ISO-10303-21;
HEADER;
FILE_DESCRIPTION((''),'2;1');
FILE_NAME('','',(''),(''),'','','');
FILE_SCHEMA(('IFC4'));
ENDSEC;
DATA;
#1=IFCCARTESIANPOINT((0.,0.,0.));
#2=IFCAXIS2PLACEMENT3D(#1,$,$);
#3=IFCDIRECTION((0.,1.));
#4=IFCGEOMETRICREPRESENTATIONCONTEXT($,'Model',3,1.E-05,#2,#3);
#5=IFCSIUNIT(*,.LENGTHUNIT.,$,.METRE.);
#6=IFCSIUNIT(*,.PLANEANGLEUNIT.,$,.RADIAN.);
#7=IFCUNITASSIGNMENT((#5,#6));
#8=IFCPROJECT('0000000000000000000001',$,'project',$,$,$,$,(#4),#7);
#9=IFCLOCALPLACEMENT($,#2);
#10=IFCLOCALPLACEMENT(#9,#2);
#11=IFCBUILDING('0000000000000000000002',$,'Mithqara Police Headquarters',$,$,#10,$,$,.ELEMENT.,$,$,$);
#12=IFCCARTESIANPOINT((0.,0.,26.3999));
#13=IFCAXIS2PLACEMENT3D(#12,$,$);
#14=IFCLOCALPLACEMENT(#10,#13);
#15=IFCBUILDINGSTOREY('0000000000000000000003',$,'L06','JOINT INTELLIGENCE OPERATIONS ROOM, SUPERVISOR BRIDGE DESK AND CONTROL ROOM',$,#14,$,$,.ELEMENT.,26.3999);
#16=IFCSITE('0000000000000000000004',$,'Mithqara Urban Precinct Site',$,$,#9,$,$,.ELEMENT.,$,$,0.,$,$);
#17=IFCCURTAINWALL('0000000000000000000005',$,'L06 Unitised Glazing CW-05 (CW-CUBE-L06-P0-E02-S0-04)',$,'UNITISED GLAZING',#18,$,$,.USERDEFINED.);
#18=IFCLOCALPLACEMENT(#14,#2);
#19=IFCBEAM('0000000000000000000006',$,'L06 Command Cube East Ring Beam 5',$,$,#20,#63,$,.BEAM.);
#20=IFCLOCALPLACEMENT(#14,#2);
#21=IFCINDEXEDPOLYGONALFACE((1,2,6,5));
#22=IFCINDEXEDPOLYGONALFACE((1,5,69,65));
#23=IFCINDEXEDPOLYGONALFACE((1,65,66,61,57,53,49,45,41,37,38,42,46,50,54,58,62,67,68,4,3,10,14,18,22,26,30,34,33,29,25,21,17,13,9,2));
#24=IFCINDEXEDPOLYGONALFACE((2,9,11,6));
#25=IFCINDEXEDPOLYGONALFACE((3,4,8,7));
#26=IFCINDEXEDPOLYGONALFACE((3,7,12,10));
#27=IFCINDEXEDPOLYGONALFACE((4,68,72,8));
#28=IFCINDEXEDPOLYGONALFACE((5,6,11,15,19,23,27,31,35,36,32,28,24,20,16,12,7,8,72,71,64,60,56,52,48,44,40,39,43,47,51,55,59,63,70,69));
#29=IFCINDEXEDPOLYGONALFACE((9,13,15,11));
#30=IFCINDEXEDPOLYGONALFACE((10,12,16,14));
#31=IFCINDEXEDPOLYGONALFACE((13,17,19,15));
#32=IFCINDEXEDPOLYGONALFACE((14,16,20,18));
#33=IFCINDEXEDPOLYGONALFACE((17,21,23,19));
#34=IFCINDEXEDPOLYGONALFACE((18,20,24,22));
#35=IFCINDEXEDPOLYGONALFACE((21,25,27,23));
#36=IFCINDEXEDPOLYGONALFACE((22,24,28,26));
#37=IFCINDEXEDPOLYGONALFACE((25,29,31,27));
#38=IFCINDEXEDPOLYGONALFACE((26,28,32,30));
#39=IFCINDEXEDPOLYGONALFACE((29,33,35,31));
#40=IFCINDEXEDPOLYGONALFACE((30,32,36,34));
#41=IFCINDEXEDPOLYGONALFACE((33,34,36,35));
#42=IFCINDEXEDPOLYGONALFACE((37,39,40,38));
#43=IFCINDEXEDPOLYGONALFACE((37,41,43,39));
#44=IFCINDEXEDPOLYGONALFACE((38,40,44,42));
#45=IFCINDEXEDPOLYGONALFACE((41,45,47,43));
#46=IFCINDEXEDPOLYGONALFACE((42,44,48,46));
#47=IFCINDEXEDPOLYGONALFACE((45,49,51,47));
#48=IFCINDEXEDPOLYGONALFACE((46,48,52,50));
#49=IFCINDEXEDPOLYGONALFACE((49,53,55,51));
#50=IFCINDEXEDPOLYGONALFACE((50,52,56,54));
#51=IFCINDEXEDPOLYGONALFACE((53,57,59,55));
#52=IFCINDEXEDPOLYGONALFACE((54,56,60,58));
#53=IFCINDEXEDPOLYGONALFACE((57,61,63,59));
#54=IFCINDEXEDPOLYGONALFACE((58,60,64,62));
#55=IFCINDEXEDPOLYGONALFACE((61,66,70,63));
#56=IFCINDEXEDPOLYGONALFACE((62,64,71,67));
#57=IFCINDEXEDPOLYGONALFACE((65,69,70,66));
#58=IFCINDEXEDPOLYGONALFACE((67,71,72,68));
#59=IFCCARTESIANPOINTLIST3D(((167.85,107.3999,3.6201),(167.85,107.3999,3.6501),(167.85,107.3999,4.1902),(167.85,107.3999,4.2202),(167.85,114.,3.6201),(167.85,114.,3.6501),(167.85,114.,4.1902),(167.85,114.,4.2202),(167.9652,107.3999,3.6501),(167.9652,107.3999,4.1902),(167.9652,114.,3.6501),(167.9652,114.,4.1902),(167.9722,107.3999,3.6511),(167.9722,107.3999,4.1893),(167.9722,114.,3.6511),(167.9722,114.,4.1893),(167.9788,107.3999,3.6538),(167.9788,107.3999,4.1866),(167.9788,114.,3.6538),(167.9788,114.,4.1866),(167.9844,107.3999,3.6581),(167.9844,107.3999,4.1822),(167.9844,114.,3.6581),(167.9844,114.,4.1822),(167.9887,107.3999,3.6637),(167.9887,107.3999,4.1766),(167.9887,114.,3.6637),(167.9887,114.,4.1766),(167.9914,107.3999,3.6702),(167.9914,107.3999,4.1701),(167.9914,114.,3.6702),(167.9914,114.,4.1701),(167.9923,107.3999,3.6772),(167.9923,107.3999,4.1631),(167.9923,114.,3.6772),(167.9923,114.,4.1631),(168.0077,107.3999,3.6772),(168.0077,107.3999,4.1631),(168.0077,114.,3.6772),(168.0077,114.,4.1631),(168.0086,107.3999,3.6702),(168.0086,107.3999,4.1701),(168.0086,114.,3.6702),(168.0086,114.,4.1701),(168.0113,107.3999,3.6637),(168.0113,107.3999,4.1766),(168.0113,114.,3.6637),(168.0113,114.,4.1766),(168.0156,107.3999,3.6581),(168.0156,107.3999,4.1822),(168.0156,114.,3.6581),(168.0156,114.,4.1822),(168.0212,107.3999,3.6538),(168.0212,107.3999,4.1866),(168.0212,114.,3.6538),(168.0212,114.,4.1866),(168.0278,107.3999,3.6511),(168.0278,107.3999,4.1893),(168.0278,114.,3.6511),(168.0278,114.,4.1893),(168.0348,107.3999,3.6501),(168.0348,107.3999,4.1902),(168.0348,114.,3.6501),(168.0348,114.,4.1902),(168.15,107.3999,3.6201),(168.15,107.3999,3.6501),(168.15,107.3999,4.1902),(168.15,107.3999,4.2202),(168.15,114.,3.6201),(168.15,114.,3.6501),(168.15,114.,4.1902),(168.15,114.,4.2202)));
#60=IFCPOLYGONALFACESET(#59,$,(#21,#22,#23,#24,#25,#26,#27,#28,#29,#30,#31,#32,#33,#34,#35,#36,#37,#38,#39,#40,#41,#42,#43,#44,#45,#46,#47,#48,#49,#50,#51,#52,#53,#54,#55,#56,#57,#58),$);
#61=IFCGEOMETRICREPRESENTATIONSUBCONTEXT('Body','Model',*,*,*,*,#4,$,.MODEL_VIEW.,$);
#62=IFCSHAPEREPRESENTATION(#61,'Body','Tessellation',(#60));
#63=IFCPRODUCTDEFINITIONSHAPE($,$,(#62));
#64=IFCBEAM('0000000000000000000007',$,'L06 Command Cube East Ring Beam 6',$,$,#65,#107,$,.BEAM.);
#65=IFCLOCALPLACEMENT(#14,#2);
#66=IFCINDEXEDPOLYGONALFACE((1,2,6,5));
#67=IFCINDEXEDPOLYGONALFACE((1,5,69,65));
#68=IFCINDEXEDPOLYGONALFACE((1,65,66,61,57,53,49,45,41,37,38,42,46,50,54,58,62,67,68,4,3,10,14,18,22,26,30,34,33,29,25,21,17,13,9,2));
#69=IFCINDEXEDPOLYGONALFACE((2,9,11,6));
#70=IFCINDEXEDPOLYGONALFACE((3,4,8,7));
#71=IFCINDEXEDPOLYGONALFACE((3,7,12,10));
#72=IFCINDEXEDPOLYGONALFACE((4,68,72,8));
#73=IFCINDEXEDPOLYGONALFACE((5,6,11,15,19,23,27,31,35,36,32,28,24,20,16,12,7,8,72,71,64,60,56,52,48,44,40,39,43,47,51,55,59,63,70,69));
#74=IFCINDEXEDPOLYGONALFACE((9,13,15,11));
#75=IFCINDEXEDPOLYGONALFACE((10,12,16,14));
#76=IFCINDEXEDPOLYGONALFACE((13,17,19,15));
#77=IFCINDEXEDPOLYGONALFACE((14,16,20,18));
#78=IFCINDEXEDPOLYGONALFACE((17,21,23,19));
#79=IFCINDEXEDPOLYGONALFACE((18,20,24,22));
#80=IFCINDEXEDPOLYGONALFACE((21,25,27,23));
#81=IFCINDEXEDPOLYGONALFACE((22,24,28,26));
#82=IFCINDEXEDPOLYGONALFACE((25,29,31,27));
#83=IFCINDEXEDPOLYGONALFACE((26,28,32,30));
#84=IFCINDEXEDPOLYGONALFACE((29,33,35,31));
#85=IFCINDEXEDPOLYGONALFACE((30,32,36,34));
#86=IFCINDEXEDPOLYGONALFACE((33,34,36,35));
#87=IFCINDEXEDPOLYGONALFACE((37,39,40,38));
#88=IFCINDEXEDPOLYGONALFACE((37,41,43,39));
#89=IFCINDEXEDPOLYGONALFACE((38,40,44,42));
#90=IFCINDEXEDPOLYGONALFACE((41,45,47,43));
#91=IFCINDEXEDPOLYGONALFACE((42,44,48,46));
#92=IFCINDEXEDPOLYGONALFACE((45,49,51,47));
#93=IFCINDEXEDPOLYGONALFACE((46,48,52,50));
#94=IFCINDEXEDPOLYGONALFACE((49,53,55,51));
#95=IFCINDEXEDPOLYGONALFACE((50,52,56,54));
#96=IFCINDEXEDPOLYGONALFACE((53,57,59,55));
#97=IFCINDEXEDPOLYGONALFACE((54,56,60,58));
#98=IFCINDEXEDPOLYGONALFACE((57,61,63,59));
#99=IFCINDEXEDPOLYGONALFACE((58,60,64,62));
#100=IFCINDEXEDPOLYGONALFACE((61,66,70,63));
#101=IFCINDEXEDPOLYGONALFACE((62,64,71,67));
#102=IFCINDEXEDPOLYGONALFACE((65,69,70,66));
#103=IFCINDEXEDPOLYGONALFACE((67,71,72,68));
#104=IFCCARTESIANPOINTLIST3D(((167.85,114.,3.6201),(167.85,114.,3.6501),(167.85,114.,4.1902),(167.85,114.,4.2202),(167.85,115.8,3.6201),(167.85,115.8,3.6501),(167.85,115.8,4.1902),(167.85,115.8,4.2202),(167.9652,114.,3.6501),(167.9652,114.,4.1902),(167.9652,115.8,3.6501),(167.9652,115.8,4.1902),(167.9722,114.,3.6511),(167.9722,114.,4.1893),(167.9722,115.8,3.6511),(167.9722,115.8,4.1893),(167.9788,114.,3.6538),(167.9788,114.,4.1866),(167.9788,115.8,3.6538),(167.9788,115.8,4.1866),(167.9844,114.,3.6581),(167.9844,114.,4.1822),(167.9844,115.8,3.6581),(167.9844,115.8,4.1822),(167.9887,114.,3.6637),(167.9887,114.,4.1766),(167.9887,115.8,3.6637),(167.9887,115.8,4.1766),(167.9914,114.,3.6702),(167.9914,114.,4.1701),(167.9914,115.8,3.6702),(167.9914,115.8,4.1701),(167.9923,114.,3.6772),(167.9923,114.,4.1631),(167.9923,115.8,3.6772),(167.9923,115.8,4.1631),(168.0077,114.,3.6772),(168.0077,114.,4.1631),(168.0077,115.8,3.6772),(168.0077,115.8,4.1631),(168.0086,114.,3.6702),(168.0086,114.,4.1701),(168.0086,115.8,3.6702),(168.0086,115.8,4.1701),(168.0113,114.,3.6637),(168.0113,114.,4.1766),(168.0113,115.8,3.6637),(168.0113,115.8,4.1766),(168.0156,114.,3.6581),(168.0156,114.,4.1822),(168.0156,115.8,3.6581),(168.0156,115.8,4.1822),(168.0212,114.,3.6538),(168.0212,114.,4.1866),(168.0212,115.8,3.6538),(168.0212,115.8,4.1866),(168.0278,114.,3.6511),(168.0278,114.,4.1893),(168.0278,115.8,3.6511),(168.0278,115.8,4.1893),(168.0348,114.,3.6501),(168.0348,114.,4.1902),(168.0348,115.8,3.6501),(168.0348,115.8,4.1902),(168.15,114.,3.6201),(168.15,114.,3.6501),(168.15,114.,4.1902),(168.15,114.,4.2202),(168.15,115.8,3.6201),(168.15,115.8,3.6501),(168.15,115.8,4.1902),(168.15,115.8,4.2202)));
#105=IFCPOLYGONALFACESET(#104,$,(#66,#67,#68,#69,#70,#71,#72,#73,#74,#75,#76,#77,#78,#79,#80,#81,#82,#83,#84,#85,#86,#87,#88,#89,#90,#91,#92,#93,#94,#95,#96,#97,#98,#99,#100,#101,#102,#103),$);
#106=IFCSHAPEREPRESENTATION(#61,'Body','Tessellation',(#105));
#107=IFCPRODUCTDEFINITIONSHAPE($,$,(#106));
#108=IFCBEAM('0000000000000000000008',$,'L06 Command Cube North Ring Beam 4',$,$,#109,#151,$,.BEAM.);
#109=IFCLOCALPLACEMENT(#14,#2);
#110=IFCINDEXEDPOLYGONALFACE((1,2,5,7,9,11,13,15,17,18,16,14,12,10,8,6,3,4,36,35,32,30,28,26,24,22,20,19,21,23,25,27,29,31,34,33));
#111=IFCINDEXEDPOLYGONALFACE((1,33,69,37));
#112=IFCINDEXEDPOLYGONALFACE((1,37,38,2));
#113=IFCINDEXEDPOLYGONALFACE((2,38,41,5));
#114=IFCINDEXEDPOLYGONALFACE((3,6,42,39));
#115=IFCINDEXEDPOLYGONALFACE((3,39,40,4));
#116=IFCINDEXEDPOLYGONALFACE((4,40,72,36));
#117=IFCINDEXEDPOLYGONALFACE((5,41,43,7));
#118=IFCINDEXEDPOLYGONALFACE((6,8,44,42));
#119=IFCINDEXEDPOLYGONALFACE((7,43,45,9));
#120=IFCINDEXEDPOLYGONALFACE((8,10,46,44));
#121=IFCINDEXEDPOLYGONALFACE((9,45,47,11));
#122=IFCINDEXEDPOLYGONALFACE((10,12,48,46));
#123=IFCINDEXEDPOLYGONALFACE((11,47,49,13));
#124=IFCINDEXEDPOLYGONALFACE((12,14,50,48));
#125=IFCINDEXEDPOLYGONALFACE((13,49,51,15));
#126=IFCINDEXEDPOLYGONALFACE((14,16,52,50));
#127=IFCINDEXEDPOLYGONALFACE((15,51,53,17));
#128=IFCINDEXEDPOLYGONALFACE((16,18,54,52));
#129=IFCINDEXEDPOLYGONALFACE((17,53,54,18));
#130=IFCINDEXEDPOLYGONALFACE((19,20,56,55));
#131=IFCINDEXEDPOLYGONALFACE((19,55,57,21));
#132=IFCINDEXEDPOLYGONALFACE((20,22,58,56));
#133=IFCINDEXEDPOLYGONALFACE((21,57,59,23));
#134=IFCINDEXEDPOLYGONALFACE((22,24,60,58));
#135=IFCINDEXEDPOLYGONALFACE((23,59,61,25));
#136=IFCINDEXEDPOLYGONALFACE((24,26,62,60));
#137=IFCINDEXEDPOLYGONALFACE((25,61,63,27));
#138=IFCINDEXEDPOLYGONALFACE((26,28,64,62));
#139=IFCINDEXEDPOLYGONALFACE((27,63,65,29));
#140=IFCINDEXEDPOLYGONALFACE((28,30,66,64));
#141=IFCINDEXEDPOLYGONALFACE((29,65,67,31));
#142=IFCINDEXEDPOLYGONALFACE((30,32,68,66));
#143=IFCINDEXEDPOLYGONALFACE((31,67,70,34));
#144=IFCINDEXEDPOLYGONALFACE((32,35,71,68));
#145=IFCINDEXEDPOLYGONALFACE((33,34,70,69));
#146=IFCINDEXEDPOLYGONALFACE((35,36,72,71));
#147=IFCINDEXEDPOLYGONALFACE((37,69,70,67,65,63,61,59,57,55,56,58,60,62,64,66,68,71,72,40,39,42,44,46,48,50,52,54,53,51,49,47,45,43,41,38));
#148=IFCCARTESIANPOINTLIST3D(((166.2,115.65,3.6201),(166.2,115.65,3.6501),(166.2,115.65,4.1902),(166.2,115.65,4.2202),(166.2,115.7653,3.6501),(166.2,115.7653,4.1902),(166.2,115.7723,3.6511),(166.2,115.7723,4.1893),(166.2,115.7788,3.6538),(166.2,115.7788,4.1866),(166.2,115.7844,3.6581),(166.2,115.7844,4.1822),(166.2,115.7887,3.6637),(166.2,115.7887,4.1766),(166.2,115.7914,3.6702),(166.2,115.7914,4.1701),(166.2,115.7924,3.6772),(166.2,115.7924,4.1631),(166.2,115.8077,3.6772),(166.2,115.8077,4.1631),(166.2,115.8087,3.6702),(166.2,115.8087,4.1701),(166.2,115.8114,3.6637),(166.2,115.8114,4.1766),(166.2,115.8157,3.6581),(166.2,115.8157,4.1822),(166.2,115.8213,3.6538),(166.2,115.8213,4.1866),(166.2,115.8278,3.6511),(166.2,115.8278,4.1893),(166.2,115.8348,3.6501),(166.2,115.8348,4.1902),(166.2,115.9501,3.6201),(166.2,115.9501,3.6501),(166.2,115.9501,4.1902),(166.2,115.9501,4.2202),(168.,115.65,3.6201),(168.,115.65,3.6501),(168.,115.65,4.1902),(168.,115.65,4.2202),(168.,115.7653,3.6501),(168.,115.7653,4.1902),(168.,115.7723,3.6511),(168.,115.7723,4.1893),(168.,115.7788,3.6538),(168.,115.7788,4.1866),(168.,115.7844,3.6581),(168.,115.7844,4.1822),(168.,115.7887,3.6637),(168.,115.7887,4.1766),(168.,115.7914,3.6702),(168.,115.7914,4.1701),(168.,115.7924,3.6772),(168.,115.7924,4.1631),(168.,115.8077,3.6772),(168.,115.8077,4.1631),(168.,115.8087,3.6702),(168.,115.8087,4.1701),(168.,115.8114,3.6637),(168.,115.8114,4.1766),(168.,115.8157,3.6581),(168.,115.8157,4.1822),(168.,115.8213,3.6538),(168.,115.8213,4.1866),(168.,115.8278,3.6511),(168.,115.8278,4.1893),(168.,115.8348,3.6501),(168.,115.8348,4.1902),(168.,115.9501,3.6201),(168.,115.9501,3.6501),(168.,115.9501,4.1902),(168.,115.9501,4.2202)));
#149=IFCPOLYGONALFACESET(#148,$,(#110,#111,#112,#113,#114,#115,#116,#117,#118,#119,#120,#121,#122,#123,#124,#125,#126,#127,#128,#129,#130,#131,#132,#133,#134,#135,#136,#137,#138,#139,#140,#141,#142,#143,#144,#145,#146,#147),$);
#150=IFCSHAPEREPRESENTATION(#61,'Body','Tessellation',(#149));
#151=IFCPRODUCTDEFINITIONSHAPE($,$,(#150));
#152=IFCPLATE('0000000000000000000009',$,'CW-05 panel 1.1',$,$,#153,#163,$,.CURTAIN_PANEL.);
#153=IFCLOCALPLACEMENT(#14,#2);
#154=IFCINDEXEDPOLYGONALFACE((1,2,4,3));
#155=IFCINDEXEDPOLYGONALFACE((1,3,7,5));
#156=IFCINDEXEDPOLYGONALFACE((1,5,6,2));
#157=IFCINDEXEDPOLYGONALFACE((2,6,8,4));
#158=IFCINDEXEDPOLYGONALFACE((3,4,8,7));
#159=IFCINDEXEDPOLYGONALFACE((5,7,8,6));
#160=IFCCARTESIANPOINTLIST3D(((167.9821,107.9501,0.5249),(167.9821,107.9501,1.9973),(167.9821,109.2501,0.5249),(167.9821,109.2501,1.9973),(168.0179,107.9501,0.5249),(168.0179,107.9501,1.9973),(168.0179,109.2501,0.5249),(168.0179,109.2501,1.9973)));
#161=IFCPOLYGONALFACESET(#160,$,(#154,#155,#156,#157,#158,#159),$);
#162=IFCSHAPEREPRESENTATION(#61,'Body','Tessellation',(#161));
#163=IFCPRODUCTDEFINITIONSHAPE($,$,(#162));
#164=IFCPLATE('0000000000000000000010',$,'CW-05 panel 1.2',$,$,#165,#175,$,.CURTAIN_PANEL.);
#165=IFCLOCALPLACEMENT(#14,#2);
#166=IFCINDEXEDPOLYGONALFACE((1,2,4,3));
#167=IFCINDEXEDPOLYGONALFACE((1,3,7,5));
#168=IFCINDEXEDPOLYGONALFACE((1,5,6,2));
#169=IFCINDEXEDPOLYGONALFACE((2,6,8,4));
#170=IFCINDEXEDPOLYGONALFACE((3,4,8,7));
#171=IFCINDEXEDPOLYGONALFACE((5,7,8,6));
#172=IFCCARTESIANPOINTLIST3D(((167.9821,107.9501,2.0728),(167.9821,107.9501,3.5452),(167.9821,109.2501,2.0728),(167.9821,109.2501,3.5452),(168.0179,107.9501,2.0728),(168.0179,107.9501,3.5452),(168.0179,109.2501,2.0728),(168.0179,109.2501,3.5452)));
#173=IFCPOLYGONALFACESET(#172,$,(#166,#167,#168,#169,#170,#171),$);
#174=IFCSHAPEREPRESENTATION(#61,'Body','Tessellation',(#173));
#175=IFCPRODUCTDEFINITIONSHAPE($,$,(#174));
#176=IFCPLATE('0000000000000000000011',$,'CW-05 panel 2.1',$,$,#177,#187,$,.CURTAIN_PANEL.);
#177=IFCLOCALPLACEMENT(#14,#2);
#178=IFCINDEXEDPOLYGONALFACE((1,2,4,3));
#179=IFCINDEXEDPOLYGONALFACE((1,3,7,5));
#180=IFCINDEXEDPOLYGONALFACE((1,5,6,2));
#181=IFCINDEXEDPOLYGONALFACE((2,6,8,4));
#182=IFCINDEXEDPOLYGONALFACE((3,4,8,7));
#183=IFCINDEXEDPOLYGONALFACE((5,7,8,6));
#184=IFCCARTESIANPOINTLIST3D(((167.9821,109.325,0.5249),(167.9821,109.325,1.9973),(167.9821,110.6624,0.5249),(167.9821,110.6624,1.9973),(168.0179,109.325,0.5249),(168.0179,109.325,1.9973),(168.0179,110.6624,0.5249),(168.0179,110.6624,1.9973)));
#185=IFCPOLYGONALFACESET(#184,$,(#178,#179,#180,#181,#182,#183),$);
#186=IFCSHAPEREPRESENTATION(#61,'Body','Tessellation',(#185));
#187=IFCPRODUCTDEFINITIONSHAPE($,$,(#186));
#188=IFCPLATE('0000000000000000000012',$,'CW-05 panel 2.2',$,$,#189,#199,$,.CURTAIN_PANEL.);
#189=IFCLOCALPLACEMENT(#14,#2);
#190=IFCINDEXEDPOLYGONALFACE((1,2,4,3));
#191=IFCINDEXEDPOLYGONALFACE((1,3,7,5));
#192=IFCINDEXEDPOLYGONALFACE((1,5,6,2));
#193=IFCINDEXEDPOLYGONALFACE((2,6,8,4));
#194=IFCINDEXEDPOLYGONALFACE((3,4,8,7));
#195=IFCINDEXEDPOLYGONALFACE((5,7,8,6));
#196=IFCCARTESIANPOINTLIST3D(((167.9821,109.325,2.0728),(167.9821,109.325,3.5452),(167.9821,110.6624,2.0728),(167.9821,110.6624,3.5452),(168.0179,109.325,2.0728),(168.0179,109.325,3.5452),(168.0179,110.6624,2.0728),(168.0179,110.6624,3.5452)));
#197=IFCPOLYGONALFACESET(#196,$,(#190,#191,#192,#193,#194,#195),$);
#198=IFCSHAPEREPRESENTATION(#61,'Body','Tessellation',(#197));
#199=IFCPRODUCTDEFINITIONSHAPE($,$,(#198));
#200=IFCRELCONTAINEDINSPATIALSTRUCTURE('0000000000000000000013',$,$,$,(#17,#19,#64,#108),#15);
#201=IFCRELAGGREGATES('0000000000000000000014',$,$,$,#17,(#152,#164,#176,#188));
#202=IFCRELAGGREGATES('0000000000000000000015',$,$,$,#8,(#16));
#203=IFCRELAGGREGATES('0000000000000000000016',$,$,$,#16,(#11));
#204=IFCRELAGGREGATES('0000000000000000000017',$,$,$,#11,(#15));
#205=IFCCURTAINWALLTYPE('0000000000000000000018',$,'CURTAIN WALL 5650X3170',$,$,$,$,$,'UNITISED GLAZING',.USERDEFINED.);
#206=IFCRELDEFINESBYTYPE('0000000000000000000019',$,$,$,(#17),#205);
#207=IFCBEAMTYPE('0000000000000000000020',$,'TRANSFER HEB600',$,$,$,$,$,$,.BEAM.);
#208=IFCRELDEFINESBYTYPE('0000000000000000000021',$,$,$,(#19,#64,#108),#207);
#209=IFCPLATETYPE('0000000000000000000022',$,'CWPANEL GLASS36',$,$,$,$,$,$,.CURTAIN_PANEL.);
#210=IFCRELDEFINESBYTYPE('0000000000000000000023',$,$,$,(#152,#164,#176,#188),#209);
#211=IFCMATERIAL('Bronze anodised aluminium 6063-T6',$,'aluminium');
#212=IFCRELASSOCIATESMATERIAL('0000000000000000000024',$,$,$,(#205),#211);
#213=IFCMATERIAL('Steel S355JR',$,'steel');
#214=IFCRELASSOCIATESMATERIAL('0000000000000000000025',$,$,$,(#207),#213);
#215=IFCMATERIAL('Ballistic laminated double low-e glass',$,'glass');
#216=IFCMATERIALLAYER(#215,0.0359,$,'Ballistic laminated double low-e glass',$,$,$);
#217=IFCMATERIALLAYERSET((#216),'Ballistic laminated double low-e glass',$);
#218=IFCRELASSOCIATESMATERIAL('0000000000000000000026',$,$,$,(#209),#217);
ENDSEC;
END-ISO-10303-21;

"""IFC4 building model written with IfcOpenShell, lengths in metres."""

from ifc_helpers import new_model, si_unit, direction, frame, origin, origin_2d, place, context, subcontext, project, spatial, rectangle, i_section, extrude, material, layer, layer_set, material_profile, profile_set, type_object, element, aggregate, save


model = new_model("IFC4")

# Units and contexts
model_context = context("Model", 3, precision=1e-05, world=origin(), true_north=direction((0.0, 1.0)))
body_context = subcontext(model_context, "Body", "Model", "MODEL_VIEW")
ifc_project = project(units=[si_unit("LENGTHUNIT", "METRE"), si_unit("PLANEANGLEUNIT", "RADIAN")], contexts=[model_context])

# Site, building, storey
site_placement = place(None, origin())
site = spatial("IfcSite", under=ifc_project, at=site_placement, Name="Mithqara Urban Precinct Site", CompositionType="ELEMENT", RefElevation=0.0)
building_placement = place(site_placement, origin())
building = spatial("IfcBuilding", under=site, at=building_placement, Name="Mithqara Police Headquarters", CompositionType="ELEMENT")
storey_placement = place(building_placement, frame((0.0, 0.0, 26.3999)))
storey = spatial("IfcBuildingStorey", under=building, at=storey_placement, Name="L06", Description="JOINT INTELLIGENCE OPERATIONS ROOM, SUPERVISOR BRIDGE DESK AND CONTROL ROOM", CompositionType="ELEMENT", Elevation=26.3999)

# Shared definitions
ifc_material_1 = material(Name="Steel S355JR", Category="steel")

# Curtain wall
ifc_material_2 = material(Name="Bronze anodised aluminium 6063-T6", Category="aluminium")
curtain_wall_type_1 = type_object("IfcCurtainWallType", Name="CURTAIN WALL 5650X3170", ElementType="UNITISED GLAZING", PredefinedType="USERDEFINED", material=ifc_material_2)
curtain_wall_1_placement = place(storey_placement, origin())
curtain_wall_1 = element("IfcCurtainWall", 1, at=curtain_wall_1_placement, inside=storey, type_object=curtain_wall_type_1, Name="L06 Unitised Glazing CW-05 (CW-CUBE-L06-P0-E02-S0-04)", ObjectType="UNITISED GLAZING", PredefinedType="USERDEFINED")

# Beams
ifc_material_profile_1 = material_profile(ifc_material_1, i_section(OverallWidth=0.3, OverallDepth=0.6001, WebThickness=0.0154, FlangeThickness=0.03, FilletRadius=0.0271, at=origin_2d()), Name="HEB 600")
ifc_profile_set_1 = profile_set([ifc_material_profile_1], Name="Steel S355JR")
beam_type = type_object("IfcBeamType", Name="TRANSFER HEB600", PredefinedType="BEAM", material=ifc_profile_set_1)
beam_placement = place(storey_placement, frame((168.0, 107.3999, 3.9202), z_axis=(0.0, 1.0, 0.0), x_axis=(-1.0, 0.0, 0.0)))
element("IfcBeam", 2, at=beam_placement, inside=storey, type_object=beam_type, Name="L06 Command Cube East Ring Beam 5", PredefinedType="BEAM", context=body_context, shape_type="SweptSolid", body=[
    extrude(i_section(OverallWidth=0.3, OverallDepth=0.6001, WebThickness=0.0154, FlangeThickness=0.03, FilletRadius=0.0271, at=origin_2d()), origin(), (0.0, 0.0, 1.0), 6.6001),
])
for number, where, z_axis, x_axis, name in (
    (3, (168.0, 114.0, 3.9202), (0.0, 1.0, 0.0), (-1.0, 0.0, 0.0), "L06 Command Cube East Ring Beam 6"),
    (4, (166.2, 115.8, 3.9202), (1.0, 0.0, 0.0), (0.0, 1.0, 0.0), "L06 Command Cube North Ring Beam 4"),
):
    element("IfcBeam", number, at=place(storey_placement, frame(where, z_axis=z_axis, x_axis=x_axis)), inside=storey, type_object=beam_type, Name=name, PredefinedType="BEAM", context=body_context, shape_type="SweptSolid", body=[
        extrude(i_section(OverallWidth=0.3, OverallDepth=0.6001, WebThickness=0.0154, FlangeThickness=0.03, FilletRadius=0.0271, at=origin_2d()), origin(), (0.0, 0.0, 1.0), 1.8),
    ])

# Plates
ifc_material_3 = material(Name="Ballistic laminated double low-e glass", Category="glass")
ifc_layer_1 = layer(ifc_material_3, 0.0359, Name="Ballistic laminated double low-e glass")
ifc_layer_set_1 = layer_set([ifc_layer_1], Name="Ballistic laminated double low-e glass")
plate_type = type_object("IfcPlateType", Name="CWPANEL GLASS36", PredefinedType="CURTAIN_PANEL", material=ifc_layer_set_1)
plate_1_placement = place(storey_placement, frame((168.0, 108.6001, 0.5249), z_axis=(0.0, 0.0, 1.0), x_axis=(0.0, 1.0, 0.0)))
plate_1 = element("IfcPlate", 5, at=plate_1_placement, type_object=plate_type, Name="CW-05 panel 1.1", PredefinedType="CURTAIN_PANEL", context=body_context, shape_type="SweptSolid", body=[
    extrude(rectangle(XDim=1.3, YDim=0.0359, at=origin_2d()), origin(), (0.0, 0.0, 1.0), 1.4724),
])
plate_2_placement = place(storey_placement, frame((168.0, 108.6001, 2.0728), z_axis=(0.0, 0.0, 1.0), x_axis=(0.0, 1.0, 0.0)))
plate_2 = element("IfcPlate", 6, at=plate_2_placement, type_object=plate_type, Name="CW-05 panel 1.2", PredefinedType="CURTAIN_PANEL", context=body_context, shape_type="SweptSolid", body=[
    extrude(rectangle(XDim=1.3, YDim=0.0359, at=origin_2d()), origin(), (0.0, 0.0, 1.0), 1.4724),
])
plate_3_placement = place(storey_placement, frame((168.0, 109.9937, 0.5249), z_axis=(0.0, 0.0, 1.0), x_axis=(0.0, 1.0, 0.0)))
plate_3 = element("IfcPlate", 7, at=plate_3_placement, type_object=plate_type, Name="CW-05 panel 2.1", PredefinedType="CURTAIN_PANEL", context=body_context, shape_type="SweptSolid", body=[
    extrude(rectangle(XDim=1.3374, YDim=0.0359, at=origin_2d()), origin(), (0.0, 0.0, 1.0), 1.4724),
])
plate_4_placement = place(storey_placement, frame((168.0, 109.9937, 2.0728), z_axis=(0.0, 0.0, 1.0), x_axis=(0.0, 1.0, 0.0)))
plate_4 = element("IfcPlate", 8, at=plate_4_placement, type_object=plate_type, Name="CW-05 panel 2.2", PredefinedType="CURTAIN_PANEL", context=body_context, shape_type="SweptSolid", body=[
    extrude(rectangle(XDim=1.3374, YDim=0.0359, at=origin_2d()), origin(), (0.0, 0.0, 1.0), 1.4724),
])
aggregate(curtain_wall_1, [plate_1, plate_2, plate_3, plate_4])

save(model, "model.ifc")
